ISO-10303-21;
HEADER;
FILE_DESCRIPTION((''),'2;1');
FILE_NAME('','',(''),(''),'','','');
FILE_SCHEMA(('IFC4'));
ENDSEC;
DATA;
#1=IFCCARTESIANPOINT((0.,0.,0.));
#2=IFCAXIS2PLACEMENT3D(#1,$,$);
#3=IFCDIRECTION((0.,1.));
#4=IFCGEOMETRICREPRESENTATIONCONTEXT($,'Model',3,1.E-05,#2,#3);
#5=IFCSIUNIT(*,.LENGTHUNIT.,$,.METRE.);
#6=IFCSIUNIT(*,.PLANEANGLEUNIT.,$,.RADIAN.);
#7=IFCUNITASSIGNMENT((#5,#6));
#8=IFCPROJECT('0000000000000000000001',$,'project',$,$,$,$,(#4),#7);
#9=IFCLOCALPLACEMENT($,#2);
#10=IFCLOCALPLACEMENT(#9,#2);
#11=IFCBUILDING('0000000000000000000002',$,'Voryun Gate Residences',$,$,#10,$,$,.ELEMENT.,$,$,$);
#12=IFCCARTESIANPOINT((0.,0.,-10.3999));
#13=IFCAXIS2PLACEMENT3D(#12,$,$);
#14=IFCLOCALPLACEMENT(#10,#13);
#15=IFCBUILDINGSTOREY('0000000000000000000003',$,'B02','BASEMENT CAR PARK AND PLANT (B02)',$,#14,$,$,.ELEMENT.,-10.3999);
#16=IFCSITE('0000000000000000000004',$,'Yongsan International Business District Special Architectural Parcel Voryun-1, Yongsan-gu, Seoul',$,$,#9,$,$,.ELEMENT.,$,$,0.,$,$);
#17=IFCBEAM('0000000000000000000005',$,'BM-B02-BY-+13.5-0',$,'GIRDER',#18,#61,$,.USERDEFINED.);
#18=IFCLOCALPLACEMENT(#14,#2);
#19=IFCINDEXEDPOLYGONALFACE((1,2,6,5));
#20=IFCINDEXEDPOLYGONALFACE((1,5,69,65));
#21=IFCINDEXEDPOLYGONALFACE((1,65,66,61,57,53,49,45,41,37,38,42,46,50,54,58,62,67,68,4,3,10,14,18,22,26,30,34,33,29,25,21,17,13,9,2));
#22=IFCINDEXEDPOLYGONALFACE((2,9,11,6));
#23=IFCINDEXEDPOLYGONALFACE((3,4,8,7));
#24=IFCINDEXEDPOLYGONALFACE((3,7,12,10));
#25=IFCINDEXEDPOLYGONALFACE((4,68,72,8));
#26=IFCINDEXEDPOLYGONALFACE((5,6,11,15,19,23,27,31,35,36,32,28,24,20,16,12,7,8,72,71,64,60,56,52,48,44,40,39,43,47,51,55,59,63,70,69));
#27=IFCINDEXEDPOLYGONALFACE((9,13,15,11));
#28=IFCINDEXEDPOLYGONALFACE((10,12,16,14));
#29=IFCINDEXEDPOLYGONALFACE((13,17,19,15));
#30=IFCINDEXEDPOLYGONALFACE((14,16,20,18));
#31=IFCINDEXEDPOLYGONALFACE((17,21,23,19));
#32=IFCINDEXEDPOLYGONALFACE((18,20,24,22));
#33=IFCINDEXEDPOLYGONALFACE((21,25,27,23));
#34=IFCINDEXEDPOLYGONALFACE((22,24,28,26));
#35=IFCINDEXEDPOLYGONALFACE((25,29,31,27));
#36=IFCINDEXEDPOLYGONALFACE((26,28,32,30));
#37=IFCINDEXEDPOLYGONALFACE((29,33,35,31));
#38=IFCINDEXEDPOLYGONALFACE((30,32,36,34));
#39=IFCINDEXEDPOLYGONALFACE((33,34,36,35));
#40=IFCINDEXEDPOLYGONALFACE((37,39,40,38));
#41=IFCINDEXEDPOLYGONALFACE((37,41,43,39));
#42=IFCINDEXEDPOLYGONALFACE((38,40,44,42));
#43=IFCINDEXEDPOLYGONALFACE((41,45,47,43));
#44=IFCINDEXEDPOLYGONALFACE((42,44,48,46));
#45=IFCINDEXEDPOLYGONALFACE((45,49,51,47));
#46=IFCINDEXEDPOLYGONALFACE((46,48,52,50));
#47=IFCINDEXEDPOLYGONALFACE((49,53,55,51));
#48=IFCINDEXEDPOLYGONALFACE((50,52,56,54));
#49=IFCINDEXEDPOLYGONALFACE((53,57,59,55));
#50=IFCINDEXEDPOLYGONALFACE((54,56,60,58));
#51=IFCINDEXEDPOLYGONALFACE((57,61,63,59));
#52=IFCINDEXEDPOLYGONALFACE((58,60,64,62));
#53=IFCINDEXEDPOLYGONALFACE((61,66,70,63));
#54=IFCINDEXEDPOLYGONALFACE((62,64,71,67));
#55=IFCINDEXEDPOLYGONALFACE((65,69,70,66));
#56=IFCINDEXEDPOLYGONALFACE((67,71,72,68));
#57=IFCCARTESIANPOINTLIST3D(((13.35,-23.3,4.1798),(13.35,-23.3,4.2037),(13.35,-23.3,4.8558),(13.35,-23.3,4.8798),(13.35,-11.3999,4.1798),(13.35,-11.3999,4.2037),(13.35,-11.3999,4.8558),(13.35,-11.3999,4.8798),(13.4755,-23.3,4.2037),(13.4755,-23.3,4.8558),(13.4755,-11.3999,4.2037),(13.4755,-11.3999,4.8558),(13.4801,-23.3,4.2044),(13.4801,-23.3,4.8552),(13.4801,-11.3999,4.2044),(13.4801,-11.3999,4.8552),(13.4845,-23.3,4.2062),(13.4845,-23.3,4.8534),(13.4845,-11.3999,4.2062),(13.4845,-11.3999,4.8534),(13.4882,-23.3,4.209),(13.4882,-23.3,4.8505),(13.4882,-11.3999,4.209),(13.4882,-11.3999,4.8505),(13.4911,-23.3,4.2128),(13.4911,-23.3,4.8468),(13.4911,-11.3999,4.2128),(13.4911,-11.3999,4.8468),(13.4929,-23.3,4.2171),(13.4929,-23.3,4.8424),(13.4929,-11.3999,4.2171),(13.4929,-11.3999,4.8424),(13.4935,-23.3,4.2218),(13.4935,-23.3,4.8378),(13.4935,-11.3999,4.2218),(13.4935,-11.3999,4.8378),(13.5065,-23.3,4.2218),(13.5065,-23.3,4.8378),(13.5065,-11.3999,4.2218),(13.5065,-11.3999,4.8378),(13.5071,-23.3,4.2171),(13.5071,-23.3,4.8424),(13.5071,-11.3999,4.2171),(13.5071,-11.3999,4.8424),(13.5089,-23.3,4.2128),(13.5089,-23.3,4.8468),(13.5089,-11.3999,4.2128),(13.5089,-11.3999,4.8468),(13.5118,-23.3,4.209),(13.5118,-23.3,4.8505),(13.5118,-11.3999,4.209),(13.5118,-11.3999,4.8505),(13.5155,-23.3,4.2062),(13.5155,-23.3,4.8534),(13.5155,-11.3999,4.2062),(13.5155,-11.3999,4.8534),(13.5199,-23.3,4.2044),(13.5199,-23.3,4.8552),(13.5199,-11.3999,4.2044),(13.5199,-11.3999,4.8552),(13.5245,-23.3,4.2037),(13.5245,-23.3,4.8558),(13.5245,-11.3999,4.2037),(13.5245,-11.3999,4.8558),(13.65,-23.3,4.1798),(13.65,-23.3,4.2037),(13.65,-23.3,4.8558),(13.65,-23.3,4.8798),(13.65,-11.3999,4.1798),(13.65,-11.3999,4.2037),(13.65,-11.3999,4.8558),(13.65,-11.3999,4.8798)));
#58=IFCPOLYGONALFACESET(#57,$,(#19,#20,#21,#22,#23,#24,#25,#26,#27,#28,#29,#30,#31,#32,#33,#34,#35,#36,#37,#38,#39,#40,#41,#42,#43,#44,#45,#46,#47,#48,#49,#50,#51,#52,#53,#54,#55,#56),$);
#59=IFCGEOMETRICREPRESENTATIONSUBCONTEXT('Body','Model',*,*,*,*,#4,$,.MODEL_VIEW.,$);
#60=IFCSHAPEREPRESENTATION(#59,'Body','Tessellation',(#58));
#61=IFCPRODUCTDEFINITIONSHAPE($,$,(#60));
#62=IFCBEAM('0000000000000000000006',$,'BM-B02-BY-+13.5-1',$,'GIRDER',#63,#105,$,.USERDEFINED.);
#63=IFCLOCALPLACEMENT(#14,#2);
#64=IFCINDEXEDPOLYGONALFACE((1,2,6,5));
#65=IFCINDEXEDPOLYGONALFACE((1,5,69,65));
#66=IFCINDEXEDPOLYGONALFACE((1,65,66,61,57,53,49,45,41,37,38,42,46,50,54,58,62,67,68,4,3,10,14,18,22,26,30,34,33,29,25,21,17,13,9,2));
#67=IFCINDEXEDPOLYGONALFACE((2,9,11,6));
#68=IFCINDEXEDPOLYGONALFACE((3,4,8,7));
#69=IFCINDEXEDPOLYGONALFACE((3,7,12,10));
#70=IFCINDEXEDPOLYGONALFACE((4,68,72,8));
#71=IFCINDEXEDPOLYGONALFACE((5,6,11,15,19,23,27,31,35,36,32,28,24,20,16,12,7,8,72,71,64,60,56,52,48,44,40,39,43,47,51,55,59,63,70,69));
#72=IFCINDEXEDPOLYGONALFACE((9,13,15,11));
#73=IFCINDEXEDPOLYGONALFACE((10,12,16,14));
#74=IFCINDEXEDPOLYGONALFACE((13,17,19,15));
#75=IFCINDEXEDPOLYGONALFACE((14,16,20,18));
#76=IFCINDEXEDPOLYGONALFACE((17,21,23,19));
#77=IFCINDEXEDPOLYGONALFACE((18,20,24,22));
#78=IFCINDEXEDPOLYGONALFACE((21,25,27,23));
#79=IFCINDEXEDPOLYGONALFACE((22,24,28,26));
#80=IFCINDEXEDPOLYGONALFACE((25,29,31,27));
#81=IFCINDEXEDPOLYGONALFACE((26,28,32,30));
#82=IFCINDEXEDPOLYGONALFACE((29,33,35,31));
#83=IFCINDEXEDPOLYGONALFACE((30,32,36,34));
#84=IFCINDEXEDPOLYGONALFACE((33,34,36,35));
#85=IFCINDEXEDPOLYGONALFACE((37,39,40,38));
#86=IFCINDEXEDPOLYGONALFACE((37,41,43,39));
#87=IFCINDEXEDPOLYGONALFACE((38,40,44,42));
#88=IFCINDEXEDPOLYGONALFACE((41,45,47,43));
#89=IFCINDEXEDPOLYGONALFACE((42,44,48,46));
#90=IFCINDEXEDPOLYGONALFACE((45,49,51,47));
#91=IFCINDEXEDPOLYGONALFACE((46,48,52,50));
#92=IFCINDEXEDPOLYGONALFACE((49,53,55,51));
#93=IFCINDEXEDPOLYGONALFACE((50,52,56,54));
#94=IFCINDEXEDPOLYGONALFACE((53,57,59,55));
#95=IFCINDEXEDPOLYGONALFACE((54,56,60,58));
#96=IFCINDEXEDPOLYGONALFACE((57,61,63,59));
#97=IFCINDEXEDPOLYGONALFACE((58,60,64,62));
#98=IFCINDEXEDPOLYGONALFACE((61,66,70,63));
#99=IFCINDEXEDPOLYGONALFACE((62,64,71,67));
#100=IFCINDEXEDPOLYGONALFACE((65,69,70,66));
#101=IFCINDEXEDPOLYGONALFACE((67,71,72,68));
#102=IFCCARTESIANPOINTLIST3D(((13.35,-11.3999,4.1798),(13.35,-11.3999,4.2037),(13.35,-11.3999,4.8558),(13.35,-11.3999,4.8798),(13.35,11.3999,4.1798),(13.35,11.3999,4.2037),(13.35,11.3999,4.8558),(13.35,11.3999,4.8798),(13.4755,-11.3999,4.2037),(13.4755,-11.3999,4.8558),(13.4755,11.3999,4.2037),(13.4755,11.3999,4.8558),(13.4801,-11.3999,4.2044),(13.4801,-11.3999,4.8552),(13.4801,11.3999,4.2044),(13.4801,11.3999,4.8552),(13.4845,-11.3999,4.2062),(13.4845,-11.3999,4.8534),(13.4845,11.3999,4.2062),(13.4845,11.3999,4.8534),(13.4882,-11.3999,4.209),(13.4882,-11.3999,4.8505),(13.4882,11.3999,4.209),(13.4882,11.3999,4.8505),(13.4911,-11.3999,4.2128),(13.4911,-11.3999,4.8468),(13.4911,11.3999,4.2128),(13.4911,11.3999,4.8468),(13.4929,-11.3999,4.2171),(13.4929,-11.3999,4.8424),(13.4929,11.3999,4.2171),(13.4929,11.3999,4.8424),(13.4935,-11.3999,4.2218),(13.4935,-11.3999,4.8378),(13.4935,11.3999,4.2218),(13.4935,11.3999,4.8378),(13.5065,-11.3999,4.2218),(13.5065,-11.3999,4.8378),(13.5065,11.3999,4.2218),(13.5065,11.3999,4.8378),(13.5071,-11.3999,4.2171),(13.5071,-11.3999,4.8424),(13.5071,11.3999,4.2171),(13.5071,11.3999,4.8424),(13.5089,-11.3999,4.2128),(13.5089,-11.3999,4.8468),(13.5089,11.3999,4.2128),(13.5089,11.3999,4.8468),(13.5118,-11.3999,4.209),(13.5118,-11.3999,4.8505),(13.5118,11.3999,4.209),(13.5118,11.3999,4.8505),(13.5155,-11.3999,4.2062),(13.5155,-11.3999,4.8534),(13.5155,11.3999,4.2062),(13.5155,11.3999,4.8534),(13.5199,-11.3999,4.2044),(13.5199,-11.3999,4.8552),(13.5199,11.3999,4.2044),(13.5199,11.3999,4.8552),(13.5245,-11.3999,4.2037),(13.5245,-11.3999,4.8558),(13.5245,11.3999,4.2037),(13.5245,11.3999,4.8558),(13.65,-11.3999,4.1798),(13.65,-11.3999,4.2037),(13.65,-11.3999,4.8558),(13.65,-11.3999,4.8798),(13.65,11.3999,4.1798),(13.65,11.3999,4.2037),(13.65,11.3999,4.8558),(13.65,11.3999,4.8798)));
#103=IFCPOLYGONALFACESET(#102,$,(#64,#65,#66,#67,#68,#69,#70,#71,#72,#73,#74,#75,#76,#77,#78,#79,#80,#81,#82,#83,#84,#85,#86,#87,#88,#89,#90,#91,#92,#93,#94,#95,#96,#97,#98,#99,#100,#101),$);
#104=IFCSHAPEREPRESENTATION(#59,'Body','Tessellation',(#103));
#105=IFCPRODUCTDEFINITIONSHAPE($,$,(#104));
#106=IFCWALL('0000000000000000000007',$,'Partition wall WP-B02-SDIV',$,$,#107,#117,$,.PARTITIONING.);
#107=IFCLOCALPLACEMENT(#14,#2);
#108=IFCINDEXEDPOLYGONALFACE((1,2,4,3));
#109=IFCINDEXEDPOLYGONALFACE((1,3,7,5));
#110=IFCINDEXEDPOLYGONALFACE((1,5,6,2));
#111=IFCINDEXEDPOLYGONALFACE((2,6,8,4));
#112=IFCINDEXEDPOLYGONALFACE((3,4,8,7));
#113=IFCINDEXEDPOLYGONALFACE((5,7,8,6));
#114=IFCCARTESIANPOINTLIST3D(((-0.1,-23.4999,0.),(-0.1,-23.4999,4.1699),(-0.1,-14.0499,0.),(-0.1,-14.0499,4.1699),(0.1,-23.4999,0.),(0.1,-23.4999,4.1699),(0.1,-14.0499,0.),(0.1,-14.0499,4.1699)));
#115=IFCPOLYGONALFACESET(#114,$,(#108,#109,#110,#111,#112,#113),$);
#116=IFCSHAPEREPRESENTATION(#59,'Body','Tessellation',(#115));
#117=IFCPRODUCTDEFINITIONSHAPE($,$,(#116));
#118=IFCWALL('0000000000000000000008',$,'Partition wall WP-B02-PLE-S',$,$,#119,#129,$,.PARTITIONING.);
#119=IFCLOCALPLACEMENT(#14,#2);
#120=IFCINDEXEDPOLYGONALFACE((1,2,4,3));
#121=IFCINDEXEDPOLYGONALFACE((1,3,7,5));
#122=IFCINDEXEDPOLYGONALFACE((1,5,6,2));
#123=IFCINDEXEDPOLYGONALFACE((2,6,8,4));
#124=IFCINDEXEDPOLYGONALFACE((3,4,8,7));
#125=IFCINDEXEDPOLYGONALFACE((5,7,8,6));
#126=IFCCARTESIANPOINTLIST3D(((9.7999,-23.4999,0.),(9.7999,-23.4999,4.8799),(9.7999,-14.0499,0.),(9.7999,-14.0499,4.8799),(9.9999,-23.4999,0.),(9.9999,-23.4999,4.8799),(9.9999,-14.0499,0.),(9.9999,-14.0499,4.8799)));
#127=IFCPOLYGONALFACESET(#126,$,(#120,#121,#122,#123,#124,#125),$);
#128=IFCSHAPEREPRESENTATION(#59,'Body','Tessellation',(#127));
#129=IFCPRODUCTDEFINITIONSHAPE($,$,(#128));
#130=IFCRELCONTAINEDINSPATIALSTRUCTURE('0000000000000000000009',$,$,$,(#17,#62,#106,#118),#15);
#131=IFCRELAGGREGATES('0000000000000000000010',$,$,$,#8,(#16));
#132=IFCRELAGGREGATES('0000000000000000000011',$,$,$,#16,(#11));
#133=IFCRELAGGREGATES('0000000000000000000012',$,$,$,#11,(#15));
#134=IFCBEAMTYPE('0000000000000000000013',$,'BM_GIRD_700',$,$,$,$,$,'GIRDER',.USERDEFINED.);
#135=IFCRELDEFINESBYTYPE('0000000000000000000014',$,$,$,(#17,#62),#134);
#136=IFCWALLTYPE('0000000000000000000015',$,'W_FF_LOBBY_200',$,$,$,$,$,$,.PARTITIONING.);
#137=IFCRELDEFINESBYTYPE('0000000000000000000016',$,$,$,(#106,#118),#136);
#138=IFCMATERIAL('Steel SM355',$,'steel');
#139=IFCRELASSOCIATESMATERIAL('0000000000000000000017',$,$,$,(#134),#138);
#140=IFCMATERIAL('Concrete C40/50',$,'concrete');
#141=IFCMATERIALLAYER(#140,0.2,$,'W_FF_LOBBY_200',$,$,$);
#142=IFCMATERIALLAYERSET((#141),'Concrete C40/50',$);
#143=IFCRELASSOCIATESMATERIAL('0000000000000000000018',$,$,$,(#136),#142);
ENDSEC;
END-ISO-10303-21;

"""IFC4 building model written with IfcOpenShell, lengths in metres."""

from ifc_helpers import new_model, si_unit, direction, frame, frame_2d, origin, origin_2d, place, context, subcontext, project, spatial, rectangle, i_section, extrude, material, layer, layer_set, material_profile, profile_set, type_object, element, save


model = new_model("IFC4")

# Units and contexts
model_context = context("Model", 3, precision=1e-05, world=origin(), true_north=direction((0.0, 1.0)))
body_context = subcontext(model_context, "Body", "Model", "MODEL_VIEW")
ifc_project = project(units=[si_unit("LENGTHUNIT", "METRE"), si_unit("PLANEANGLEUNIT", "RADIAN")], contexts=[model_context])

# Site, building, storey
site_placement = place(None, origin())
site = spatial("IfcSite", under=ifc_project, at=site_placement, Name="Yongsan International Business District Special Architectural Parcel Voryun-1, Yongsan-gu, Seoul", CompositionType="ELEMENT", RefElevation=0.0)
building_placement = place(site_placement, origin())
building = spatial("IfcBuilding", under=site, at=building_placement, Name="Voryun Gate Residences", CompositionType="ELEMENT")
storey_placement = place(building_placement, frame((0.0, 0.0, -10.3999)))
storey = spatial("IfcBuildingStorey", under=building, at=storey_placement, Name="B02", Description="BASEMENT CAR PARK AND PLANT (B02)", CompositionType="ELEMENT", Elevation=-10.3999)

# Beams
ifc_material_1 = material(Name="Steel SM355", Category="steel")
ifc_material_profile_1 = material_profile(ifc_material_1, i_section(OverallWidth=0.3, OverallDepth=0.7, WebThickness=0.0129, FlangeThickness=0.0239, FilletRadius=0.0181, at=origin_2d()), Name="H-700x300x13x24")
ifc_profile_set_1 = profile_set([ifc_material_profile_1], Name="Steel SM355")
beam_type_1 = type_object("IfcBeamType", Name="BM_GIRD_700", ElementType="GIRDER", PredefinedType="USERDEFINED", material=ifc_profile_set_1)
beam_1_placement = place(storey_placement, frame((13.5, -23.3, 4.5298), z_axis=(0.0, 1.0, 0.0), x_axis=(-1.0, 0.0, 0.0)))
element("IfcBeam", 1, at=beam_1_placement, inside=storey, type_object=beam_type_1, Name="BM-B02-BY-+13.5-0", ObjectType="GIRDER", PredefinedType="USERDEFINED", context=body_context, shape_type="SweptSolid", body=[
    extrude(i_section(OverallWidth=0.3, OverallDepth=0.7, WebThickness=0.0129, FlangeThickness=0.0239, FilletRadius=0.0181, at=origin_2d()), origin(), (0.0, 0.0, 1.0), 11.9001),
])
beam_2_placement = place(storey_placement, frame((13.5, -11.3999, 4.5298), z_axis=(0.0, 1.0, 0.0), x_axis=(-1.0, 0.0, 0.0)))
element("IfcBeam", 2, at=beam_2_placement, inside=storey, type_object=beam_type_1, Name="BM-B02-BY-+13.5-1", ObjectType="GIRDER", PredefinedType="USERDEFINED", context=body_context, shape_type="SweptSolid", body=[
    extrude(i_section(OverallWidth=0.3, OverallDepth=0.7, WebThickness=0.0129, FlangeThickness=0.0239, FilletRadius=0.0181, at=origin_2d()), origin(), (0.0, 0.0, 1.0), 22.7998),
])

# Walls
ifc_material_2 = material(Name="Concrete C40/50", Category="concrete")
ifc_layer = layer(ifc_material_2, 0.2, Name="W_FF_LOBBY_200")
ifc_layer_set = layer_set([ifc_layer], Name="Concrete C40/50")
wall_type = type_object("IfcWallType", Name="W_FF_LOBBY_200", PredefinedType="PARTITIONING", material=ifc_layer_set)
wall_1_placement = place(storey_placement, frame((0.0, -23.5, 0.0), z_axis=(0.0, 0.0, 1.0), x_axis=(0.0, 1.0, 0.0)))
element("IfcWall", 3, at=wall_1_placement, inside=storey, type_object=wall_type, Name="Partition wall WP-B02-SDIV", PredefinedType="PARTITIONING", context=body_context, shape_type="SweptSolid", body=[
    extrude(rectangle(XDim=9.45, YDim=0.2, at=frame_2d((4.7251, 0.0))), origin(), (0.0, 0.0, 1.0), 4.1699),
])
wall_2_placement = place(storey_placement, frame((9.8999, -23.5, 0.0), z_axis=(0.0, 0.0, 1.0), x_axis=(0.0, 1.0, 0.0)))
element("IfcWall", 4, at=wall_2_placement, inside=storey, type_object=wall_type, Name="Partition wall WP-B02-PLE-S", PredefinedType="PARTITIONING", context=body_context, shape_type="SweptSolid", body=[
    extrude(rectangle(XDim=9.45, YDim=0.2, at=frame_2d((4.7251, 0.0))), origin(), (0.0, 0.0, 1.0), 4.8799),
])

save(model, "model.ifc")
